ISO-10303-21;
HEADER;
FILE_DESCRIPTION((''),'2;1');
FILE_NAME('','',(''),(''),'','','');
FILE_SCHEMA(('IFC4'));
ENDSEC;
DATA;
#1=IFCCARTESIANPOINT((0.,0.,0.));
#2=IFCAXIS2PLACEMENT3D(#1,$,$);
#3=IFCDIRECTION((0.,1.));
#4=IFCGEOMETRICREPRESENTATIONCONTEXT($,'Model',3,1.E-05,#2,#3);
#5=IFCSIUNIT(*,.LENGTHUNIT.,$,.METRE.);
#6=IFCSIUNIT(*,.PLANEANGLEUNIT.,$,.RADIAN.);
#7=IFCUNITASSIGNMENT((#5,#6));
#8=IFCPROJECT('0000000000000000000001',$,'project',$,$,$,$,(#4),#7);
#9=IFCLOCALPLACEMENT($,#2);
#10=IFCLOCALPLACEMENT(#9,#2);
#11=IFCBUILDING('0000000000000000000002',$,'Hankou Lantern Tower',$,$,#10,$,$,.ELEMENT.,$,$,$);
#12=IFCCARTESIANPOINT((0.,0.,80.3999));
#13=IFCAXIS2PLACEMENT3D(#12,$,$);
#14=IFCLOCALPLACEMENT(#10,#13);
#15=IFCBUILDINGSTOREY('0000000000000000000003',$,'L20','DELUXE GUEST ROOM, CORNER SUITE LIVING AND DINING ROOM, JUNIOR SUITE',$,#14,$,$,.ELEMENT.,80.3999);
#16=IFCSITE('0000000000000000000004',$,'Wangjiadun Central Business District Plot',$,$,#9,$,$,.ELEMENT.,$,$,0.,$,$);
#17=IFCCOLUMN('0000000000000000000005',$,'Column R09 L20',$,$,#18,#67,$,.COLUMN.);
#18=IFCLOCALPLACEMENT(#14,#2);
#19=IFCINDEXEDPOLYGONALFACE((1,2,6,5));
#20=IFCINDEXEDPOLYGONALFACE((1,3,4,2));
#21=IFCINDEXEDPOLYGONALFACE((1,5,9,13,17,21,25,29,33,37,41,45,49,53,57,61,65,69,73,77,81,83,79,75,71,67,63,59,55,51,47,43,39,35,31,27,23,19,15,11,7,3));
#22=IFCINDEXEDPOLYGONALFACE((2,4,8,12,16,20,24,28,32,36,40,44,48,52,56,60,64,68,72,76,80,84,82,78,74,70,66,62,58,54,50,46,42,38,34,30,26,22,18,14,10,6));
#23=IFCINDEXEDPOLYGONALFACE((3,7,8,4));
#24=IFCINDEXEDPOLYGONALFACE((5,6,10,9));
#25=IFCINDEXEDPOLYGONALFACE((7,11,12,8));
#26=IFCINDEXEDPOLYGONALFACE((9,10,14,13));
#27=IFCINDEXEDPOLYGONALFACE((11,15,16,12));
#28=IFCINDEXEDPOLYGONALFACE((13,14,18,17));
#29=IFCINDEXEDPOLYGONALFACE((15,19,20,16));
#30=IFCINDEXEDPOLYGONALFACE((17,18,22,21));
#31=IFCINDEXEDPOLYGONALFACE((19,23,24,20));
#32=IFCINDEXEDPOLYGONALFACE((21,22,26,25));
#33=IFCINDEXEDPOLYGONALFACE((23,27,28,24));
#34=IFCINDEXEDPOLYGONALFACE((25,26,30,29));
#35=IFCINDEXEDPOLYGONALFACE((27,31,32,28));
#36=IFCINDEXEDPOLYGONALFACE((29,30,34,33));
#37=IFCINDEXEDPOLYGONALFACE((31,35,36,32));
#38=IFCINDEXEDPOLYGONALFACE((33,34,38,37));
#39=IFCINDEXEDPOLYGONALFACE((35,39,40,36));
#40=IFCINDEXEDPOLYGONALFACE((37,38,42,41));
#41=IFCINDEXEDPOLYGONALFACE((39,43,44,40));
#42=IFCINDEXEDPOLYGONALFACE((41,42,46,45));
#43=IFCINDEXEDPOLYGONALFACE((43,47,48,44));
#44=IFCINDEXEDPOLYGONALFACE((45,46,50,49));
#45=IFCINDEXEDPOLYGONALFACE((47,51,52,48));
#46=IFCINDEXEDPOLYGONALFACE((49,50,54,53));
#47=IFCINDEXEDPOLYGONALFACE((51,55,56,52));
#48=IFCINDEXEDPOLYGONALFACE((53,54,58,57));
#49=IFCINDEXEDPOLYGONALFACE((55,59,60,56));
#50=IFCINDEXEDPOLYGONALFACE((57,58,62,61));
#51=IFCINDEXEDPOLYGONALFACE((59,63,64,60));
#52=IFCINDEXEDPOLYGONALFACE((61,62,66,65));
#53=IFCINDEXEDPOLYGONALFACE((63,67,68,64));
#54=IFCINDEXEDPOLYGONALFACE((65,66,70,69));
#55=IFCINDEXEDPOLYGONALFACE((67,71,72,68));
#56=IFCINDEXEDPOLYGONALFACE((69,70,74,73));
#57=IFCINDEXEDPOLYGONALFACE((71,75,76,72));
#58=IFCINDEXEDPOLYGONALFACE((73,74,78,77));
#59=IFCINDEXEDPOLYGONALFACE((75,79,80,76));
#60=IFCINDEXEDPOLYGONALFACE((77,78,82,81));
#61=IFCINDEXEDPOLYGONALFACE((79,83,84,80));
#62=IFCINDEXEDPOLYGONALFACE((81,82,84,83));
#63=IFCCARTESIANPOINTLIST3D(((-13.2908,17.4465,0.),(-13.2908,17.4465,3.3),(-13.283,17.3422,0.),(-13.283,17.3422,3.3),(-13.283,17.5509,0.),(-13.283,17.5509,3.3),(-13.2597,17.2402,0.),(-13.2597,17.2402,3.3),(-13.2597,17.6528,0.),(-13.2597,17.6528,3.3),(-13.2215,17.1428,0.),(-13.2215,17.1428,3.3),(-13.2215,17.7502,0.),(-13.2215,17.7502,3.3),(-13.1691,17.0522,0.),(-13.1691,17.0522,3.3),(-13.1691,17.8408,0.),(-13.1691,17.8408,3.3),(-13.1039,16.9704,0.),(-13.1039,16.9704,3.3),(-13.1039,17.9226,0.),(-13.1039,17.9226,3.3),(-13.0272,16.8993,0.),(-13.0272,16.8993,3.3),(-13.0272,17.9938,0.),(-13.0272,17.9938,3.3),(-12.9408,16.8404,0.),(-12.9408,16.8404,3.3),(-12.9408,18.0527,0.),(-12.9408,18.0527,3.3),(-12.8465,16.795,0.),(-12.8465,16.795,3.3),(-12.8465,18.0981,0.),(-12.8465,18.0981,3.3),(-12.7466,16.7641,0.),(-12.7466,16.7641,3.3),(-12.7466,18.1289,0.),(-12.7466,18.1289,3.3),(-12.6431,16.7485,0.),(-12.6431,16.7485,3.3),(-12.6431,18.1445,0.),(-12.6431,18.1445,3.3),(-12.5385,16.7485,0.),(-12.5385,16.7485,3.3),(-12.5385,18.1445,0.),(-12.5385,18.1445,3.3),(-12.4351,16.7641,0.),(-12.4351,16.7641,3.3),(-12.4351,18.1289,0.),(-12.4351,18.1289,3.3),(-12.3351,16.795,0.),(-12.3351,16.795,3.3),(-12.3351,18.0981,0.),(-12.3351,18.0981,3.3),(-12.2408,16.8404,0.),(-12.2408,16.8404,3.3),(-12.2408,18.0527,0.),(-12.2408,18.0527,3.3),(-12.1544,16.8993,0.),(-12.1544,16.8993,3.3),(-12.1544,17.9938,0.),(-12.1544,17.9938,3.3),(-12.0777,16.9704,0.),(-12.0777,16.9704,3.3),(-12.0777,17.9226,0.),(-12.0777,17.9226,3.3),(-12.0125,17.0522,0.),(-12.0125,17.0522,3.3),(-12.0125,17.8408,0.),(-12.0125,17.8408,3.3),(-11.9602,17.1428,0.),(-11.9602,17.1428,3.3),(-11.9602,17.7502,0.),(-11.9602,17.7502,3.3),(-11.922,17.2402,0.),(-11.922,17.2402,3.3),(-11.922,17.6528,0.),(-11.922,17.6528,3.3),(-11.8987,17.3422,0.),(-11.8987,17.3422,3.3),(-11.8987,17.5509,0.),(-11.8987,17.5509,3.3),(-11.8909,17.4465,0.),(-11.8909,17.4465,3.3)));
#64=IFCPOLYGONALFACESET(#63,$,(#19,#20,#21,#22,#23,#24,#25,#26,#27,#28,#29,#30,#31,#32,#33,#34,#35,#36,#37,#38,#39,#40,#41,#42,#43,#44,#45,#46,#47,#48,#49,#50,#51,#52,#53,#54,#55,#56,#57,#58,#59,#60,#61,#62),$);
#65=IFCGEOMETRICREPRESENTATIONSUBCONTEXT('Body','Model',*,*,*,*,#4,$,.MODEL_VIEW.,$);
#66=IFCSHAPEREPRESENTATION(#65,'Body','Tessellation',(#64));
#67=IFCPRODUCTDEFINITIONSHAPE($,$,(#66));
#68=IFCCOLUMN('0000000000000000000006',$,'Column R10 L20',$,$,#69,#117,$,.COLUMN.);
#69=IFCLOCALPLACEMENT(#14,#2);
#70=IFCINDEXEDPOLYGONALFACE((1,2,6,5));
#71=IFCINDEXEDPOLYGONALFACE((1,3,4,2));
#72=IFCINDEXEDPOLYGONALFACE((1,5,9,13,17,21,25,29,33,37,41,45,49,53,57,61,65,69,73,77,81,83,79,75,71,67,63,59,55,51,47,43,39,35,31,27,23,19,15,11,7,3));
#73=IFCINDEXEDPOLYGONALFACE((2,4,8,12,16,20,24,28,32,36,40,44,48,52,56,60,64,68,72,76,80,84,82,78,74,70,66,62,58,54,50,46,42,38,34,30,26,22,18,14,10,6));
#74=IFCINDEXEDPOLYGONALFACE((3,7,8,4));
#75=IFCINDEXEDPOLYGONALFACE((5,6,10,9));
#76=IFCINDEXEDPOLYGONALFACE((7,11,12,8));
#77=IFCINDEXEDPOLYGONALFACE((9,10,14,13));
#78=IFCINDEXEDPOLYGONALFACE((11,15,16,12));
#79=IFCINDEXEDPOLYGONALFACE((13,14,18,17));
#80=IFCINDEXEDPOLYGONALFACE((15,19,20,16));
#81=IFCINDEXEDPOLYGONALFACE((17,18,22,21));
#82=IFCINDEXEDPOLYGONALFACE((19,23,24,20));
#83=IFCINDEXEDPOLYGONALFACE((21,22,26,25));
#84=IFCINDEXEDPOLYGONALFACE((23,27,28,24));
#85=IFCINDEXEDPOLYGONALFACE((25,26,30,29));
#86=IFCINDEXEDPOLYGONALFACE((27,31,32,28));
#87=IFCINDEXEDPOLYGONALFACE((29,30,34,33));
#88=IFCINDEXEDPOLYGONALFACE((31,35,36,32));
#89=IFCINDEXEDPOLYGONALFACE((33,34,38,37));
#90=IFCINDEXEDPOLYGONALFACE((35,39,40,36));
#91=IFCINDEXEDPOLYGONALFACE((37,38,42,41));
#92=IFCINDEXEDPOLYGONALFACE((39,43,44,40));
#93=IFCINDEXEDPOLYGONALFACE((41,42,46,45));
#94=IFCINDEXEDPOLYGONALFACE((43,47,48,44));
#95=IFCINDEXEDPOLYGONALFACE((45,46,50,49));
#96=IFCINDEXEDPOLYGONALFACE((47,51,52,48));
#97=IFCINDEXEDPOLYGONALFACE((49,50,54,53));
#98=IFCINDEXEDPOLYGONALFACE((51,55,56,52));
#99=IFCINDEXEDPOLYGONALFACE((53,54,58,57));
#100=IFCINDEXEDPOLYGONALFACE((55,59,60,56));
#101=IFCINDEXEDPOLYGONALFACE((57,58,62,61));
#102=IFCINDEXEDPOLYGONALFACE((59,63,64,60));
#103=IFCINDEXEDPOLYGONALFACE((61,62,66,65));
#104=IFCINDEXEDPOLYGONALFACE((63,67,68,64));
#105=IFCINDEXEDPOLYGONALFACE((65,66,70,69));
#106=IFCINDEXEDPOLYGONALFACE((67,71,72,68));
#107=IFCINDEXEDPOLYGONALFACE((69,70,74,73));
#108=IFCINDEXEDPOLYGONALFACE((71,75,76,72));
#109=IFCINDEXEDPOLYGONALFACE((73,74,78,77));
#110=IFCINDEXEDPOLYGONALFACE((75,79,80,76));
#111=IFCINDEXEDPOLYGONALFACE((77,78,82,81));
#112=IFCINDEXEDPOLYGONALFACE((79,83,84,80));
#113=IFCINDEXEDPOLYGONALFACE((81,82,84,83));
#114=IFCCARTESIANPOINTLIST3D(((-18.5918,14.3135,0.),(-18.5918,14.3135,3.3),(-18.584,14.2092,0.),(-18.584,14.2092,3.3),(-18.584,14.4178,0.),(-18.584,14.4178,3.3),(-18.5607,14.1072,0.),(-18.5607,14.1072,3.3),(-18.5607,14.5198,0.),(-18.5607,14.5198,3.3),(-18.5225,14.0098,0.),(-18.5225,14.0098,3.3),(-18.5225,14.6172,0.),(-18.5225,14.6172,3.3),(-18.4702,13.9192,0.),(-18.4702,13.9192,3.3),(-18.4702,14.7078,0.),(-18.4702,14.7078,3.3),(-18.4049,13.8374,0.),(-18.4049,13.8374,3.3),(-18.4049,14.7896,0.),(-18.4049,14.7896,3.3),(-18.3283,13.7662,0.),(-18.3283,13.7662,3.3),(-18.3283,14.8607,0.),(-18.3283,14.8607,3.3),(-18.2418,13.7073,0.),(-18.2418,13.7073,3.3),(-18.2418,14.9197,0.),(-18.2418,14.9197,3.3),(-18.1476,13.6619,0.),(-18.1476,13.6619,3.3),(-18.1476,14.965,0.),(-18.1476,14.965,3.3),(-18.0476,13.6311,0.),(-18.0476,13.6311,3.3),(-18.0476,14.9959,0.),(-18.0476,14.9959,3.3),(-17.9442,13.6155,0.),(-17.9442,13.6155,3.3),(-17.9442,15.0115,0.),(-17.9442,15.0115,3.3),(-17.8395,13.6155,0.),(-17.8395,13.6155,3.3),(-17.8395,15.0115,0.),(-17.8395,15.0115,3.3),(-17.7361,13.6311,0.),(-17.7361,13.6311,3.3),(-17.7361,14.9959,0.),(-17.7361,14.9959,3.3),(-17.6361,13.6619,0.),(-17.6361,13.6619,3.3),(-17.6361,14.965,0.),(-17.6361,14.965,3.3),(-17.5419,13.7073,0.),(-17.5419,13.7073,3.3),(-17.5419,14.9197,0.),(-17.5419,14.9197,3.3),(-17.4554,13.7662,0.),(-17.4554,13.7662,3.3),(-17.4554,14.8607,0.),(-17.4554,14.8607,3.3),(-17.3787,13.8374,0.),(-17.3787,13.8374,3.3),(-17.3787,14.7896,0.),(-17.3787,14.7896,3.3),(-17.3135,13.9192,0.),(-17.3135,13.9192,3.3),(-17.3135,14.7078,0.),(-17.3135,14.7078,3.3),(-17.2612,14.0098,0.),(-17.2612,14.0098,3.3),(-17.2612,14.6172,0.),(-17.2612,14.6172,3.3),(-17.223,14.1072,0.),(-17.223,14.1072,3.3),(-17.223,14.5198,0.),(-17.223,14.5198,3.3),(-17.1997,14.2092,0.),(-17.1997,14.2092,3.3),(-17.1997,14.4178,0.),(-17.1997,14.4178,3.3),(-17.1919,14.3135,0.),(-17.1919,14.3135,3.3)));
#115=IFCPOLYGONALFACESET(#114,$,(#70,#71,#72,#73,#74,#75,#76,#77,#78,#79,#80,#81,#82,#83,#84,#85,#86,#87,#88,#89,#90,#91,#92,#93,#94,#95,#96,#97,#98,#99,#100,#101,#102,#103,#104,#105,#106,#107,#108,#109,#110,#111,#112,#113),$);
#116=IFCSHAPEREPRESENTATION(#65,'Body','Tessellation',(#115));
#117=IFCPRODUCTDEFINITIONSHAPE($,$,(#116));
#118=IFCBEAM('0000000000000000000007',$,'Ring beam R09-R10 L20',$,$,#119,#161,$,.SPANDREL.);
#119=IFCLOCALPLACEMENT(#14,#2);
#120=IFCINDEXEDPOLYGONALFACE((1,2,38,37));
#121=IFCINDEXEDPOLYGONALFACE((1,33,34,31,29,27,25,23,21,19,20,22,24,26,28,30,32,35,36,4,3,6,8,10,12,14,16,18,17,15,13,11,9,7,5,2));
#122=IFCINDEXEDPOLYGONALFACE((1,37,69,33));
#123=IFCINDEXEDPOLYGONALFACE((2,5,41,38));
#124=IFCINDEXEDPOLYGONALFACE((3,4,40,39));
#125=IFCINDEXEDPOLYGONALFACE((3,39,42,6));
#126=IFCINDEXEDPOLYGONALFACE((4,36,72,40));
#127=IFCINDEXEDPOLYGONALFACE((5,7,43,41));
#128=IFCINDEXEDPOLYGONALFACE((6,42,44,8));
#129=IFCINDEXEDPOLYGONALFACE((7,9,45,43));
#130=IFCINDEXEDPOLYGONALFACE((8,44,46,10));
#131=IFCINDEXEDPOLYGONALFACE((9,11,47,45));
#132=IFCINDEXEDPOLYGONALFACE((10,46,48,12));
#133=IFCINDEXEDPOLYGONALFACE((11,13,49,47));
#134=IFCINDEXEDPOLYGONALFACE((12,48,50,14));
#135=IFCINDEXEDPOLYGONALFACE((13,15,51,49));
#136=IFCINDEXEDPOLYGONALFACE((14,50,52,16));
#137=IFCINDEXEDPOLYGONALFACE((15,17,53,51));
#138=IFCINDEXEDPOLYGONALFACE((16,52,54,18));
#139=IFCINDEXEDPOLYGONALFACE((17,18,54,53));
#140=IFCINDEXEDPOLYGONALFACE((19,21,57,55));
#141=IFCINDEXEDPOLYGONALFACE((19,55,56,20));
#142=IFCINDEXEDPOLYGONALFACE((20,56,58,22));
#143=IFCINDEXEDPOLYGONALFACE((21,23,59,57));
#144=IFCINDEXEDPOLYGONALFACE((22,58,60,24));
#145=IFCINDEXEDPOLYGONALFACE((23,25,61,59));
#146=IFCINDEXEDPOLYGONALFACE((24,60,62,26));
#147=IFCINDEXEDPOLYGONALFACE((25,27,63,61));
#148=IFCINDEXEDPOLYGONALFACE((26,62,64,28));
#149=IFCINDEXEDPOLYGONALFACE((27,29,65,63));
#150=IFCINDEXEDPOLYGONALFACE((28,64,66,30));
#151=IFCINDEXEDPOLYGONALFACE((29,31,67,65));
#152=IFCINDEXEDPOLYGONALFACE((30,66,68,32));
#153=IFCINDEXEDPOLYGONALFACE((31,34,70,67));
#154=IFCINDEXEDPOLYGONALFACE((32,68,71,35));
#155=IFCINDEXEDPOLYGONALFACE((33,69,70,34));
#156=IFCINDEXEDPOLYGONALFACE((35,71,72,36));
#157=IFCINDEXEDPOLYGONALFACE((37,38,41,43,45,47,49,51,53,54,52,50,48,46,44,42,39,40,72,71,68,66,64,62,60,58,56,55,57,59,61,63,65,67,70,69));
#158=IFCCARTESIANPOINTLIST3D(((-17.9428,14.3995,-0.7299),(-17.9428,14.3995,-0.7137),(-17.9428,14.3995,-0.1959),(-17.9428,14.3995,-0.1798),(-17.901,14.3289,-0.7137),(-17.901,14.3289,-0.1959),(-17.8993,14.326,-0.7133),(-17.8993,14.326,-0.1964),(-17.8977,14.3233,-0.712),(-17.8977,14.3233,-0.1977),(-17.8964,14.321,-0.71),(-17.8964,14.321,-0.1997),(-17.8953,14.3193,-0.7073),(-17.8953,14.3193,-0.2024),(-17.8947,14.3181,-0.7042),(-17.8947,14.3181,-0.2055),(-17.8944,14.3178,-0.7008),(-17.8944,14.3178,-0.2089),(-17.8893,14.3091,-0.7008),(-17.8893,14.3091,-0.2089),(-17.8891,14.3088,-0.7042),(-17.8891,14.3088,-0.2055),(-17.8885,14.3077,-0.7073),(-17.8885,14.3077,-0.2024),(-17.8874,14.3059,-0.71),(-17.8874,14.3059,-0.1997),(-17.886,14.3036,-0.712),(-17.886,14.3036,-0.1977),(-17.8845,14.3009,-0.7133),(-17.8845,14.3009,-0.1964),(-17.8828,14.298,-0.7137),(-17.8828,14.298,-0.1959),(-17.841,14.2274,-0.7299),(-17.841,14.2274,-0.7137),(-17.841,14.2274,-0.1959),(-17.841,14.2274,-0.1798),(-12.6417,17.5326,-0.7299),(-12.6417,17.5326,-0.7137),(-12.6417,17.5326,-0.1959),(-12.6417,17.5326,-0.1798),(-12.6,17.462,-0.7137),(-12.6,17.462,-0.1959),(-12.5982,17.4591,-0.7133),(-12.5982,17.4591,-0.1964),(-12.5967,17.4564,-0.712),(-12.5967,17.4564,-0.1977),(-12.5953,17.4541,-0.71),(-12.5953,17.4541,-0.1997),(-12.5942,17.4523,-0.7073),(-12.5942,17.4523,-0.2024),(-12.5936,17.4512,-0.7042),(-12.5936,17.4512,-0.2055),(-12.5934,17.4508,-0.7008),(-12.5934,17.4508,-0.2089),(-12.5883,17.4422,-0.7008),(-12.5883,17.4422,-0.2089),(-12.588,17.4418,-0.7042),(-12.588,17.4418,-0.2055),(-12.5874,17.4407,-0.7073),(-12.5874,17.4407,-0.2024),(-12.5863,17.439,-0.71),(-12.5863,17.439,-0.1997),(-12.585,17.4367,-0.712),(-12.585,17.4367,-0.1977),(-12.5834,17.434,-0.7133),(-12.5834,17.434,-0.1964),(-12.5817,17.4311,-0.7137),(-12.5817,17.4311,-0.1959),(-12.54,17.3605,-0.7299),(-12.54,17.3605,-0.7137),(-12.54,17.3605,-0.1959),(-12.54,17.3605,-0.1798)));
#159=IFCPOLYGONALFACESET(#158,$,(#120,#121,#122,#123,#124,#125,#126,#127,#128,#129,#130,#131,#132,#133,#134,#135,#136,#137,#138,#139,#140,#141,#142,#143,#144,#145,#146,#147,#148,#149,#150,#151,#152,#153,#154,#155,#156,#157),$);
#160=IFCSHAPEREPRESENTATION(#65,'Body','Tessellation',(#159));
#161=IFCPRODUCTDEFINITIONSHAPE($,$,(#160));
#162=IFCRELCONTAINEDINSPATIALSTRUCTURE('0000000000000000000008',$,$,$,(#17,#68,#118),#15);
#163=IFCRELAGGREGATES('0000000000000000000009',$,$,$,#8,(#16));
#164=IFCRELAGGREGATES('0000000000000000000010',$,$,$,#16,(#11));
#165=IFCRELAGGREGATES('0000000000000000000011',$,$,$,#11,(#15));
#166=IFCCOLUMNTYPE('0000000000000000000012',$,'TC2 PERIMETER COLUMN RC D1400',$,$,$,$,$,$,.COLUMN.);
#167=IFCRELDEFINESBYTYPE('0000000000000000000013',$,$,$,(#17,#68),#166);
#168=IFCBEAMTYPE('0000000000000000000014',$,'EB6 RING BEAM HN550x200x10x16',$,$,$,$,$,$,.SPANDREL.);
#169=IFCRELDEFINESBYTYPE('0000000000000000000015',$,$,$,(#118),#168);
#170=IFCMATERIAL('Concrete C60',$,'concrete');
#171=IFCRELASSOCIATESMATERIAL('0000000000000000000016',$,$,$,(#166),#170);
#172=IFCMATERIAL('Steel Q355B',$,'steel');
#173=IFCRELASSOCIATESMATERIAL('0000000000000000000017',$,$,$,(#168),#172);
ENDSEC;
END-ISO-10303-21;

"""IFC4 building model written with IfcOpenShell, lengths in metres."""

from ifc_helpers import new_model, si_unit, direction, frame, origin, origin_2d, place, context, subcontext, project, spatial, circle, i_section, extrude, material, material_profile, profile_set, type_object, element, save


model = new_model("IFC4")

# Units and contexts
model_context = context("Model", 3, precision=1e-05, world=origin(), true_north=direction((0.0, 1.0)))
body_context = subcontext(model_context, "Body", "Model", "MODEL_VIEW")
ifc_project = project(units=[si_unit("LENGTHUNIT", "METRE"), si_unit("PLANEANGLEUNIT", "RADIAN")], contexts=[model_context])

# Site, building, storey
site_placement = place(None, origin())
site = spatial("IfcSite", under=ifc_project, at=site_placement, Name="Wangjiadun Central Business District Plot", CompositionType="ELEMENT", RefElevation=0.0)
building_placement = place(site_placement, origin())
building = spatial("IfcBuilding", under=site, at=building_placement, Name="Hankou Lantern Tower", CompositionType="ELEMENT")
storey_placement = place(building_placement, frame((0.0, 0.0, 80.3999)))
storey = spatial("IfcBuildingStorey", under=building, at=storey_placement, Name="L20", Description="DELUXE GUEST ROOM, CORNER SUITE LIVING AND DINING ROOM, JUNIOR SUITE", CompositionType="ELEMENT", Elevation=80.3999)

# Columns
ifc_material_1 = material(Name="Concrete C60", Category="concrete")
ifc_material_profile_1 = material_profile(ifc_material_1, circle(Radius=0.7, at=origin_2d()), Name="RC D1400")
ifc_profile_set_1 = profile_set([ifc_material_profile_1], Name="Concrete C60")
column_type = type_object("IfcColumnType", Name="TC2 PERIMETER COLUMN RC D1400", PredefinedType="COLUMN", material=ifc_profile_set_1)
for number, where, z_axis, x_axis, name in (
    (1, (-12.5908, 17.4465, 0.0), (0.0, 0.0, 1.0), (1.0, 0.0, 0.0), "Column R09 L20"),
    (2, (-17.8918, 14.3135, 0.0), (0.0, 0.0, 1.0), (1.0, 0.0, 0.0), "Column R10 L20"),
):
    element("IfcColumn", number, at=place(storey_placement, frame(where, z_axis=z_axis, x_axis=x_axis)), inside=storey, type_object=column_type, Name=name, PredefinedType="COLUMN", context=body_context, shape_type="SweptSolid", body=[
        extrude(circle(Radius=0.7, at=origin_2d()), origin(), (0.0, 0.0, 1.0), 3.3),
    ])

# Beam
ifc_material_2 = material(Name="Steel Q355B", Category="steel")
ifc_material_profile_2 = material_profile(ifc_material_2, i_section(OverallWidth=0.2, OverallDepth=0.55, WebThickness=0.01, FlangeThickness=0.0161, FilletRadius=0.0129, at=origin_2d()), Name="HN550x200x10x16")
ifc_profile_set_2 = profile_set([ifc_material_profile_2], Name="Steel Q355B")
beam_type_1 = type_object("IfcBeamType", Name="EB6 RING BEAM HN550x200x10x16", PredefinedType="SPANDREL", material=ifc_profile_set_2)
beam_1_placement = place(storey_placement, frame((-12.5908, 17.4465, -0.4548), z_axis=(-0.860882, -0.508805, 0.0), x_axis=(0.508805, -0.860882, 0.0)))
element("IfcBeam", 3, at=beam_1_placement, inside=storey, type_object=beam_type_1, Name="Ring beam R09-R10 L20", PredefinedType="SPANDREL", context=body_context, shape_type="SweptSolid", body=[
    extrude(i_section(OverallWidth=0.2, OverallDepth=0.55, WebThickness=0.01, FlangeThickness=0.0161, FilletRadius=0.0129, at=origin_2d()), origin(), (0.0, 0.0, 1.0), 6.1577),
])

save(model, "model.ifc")
